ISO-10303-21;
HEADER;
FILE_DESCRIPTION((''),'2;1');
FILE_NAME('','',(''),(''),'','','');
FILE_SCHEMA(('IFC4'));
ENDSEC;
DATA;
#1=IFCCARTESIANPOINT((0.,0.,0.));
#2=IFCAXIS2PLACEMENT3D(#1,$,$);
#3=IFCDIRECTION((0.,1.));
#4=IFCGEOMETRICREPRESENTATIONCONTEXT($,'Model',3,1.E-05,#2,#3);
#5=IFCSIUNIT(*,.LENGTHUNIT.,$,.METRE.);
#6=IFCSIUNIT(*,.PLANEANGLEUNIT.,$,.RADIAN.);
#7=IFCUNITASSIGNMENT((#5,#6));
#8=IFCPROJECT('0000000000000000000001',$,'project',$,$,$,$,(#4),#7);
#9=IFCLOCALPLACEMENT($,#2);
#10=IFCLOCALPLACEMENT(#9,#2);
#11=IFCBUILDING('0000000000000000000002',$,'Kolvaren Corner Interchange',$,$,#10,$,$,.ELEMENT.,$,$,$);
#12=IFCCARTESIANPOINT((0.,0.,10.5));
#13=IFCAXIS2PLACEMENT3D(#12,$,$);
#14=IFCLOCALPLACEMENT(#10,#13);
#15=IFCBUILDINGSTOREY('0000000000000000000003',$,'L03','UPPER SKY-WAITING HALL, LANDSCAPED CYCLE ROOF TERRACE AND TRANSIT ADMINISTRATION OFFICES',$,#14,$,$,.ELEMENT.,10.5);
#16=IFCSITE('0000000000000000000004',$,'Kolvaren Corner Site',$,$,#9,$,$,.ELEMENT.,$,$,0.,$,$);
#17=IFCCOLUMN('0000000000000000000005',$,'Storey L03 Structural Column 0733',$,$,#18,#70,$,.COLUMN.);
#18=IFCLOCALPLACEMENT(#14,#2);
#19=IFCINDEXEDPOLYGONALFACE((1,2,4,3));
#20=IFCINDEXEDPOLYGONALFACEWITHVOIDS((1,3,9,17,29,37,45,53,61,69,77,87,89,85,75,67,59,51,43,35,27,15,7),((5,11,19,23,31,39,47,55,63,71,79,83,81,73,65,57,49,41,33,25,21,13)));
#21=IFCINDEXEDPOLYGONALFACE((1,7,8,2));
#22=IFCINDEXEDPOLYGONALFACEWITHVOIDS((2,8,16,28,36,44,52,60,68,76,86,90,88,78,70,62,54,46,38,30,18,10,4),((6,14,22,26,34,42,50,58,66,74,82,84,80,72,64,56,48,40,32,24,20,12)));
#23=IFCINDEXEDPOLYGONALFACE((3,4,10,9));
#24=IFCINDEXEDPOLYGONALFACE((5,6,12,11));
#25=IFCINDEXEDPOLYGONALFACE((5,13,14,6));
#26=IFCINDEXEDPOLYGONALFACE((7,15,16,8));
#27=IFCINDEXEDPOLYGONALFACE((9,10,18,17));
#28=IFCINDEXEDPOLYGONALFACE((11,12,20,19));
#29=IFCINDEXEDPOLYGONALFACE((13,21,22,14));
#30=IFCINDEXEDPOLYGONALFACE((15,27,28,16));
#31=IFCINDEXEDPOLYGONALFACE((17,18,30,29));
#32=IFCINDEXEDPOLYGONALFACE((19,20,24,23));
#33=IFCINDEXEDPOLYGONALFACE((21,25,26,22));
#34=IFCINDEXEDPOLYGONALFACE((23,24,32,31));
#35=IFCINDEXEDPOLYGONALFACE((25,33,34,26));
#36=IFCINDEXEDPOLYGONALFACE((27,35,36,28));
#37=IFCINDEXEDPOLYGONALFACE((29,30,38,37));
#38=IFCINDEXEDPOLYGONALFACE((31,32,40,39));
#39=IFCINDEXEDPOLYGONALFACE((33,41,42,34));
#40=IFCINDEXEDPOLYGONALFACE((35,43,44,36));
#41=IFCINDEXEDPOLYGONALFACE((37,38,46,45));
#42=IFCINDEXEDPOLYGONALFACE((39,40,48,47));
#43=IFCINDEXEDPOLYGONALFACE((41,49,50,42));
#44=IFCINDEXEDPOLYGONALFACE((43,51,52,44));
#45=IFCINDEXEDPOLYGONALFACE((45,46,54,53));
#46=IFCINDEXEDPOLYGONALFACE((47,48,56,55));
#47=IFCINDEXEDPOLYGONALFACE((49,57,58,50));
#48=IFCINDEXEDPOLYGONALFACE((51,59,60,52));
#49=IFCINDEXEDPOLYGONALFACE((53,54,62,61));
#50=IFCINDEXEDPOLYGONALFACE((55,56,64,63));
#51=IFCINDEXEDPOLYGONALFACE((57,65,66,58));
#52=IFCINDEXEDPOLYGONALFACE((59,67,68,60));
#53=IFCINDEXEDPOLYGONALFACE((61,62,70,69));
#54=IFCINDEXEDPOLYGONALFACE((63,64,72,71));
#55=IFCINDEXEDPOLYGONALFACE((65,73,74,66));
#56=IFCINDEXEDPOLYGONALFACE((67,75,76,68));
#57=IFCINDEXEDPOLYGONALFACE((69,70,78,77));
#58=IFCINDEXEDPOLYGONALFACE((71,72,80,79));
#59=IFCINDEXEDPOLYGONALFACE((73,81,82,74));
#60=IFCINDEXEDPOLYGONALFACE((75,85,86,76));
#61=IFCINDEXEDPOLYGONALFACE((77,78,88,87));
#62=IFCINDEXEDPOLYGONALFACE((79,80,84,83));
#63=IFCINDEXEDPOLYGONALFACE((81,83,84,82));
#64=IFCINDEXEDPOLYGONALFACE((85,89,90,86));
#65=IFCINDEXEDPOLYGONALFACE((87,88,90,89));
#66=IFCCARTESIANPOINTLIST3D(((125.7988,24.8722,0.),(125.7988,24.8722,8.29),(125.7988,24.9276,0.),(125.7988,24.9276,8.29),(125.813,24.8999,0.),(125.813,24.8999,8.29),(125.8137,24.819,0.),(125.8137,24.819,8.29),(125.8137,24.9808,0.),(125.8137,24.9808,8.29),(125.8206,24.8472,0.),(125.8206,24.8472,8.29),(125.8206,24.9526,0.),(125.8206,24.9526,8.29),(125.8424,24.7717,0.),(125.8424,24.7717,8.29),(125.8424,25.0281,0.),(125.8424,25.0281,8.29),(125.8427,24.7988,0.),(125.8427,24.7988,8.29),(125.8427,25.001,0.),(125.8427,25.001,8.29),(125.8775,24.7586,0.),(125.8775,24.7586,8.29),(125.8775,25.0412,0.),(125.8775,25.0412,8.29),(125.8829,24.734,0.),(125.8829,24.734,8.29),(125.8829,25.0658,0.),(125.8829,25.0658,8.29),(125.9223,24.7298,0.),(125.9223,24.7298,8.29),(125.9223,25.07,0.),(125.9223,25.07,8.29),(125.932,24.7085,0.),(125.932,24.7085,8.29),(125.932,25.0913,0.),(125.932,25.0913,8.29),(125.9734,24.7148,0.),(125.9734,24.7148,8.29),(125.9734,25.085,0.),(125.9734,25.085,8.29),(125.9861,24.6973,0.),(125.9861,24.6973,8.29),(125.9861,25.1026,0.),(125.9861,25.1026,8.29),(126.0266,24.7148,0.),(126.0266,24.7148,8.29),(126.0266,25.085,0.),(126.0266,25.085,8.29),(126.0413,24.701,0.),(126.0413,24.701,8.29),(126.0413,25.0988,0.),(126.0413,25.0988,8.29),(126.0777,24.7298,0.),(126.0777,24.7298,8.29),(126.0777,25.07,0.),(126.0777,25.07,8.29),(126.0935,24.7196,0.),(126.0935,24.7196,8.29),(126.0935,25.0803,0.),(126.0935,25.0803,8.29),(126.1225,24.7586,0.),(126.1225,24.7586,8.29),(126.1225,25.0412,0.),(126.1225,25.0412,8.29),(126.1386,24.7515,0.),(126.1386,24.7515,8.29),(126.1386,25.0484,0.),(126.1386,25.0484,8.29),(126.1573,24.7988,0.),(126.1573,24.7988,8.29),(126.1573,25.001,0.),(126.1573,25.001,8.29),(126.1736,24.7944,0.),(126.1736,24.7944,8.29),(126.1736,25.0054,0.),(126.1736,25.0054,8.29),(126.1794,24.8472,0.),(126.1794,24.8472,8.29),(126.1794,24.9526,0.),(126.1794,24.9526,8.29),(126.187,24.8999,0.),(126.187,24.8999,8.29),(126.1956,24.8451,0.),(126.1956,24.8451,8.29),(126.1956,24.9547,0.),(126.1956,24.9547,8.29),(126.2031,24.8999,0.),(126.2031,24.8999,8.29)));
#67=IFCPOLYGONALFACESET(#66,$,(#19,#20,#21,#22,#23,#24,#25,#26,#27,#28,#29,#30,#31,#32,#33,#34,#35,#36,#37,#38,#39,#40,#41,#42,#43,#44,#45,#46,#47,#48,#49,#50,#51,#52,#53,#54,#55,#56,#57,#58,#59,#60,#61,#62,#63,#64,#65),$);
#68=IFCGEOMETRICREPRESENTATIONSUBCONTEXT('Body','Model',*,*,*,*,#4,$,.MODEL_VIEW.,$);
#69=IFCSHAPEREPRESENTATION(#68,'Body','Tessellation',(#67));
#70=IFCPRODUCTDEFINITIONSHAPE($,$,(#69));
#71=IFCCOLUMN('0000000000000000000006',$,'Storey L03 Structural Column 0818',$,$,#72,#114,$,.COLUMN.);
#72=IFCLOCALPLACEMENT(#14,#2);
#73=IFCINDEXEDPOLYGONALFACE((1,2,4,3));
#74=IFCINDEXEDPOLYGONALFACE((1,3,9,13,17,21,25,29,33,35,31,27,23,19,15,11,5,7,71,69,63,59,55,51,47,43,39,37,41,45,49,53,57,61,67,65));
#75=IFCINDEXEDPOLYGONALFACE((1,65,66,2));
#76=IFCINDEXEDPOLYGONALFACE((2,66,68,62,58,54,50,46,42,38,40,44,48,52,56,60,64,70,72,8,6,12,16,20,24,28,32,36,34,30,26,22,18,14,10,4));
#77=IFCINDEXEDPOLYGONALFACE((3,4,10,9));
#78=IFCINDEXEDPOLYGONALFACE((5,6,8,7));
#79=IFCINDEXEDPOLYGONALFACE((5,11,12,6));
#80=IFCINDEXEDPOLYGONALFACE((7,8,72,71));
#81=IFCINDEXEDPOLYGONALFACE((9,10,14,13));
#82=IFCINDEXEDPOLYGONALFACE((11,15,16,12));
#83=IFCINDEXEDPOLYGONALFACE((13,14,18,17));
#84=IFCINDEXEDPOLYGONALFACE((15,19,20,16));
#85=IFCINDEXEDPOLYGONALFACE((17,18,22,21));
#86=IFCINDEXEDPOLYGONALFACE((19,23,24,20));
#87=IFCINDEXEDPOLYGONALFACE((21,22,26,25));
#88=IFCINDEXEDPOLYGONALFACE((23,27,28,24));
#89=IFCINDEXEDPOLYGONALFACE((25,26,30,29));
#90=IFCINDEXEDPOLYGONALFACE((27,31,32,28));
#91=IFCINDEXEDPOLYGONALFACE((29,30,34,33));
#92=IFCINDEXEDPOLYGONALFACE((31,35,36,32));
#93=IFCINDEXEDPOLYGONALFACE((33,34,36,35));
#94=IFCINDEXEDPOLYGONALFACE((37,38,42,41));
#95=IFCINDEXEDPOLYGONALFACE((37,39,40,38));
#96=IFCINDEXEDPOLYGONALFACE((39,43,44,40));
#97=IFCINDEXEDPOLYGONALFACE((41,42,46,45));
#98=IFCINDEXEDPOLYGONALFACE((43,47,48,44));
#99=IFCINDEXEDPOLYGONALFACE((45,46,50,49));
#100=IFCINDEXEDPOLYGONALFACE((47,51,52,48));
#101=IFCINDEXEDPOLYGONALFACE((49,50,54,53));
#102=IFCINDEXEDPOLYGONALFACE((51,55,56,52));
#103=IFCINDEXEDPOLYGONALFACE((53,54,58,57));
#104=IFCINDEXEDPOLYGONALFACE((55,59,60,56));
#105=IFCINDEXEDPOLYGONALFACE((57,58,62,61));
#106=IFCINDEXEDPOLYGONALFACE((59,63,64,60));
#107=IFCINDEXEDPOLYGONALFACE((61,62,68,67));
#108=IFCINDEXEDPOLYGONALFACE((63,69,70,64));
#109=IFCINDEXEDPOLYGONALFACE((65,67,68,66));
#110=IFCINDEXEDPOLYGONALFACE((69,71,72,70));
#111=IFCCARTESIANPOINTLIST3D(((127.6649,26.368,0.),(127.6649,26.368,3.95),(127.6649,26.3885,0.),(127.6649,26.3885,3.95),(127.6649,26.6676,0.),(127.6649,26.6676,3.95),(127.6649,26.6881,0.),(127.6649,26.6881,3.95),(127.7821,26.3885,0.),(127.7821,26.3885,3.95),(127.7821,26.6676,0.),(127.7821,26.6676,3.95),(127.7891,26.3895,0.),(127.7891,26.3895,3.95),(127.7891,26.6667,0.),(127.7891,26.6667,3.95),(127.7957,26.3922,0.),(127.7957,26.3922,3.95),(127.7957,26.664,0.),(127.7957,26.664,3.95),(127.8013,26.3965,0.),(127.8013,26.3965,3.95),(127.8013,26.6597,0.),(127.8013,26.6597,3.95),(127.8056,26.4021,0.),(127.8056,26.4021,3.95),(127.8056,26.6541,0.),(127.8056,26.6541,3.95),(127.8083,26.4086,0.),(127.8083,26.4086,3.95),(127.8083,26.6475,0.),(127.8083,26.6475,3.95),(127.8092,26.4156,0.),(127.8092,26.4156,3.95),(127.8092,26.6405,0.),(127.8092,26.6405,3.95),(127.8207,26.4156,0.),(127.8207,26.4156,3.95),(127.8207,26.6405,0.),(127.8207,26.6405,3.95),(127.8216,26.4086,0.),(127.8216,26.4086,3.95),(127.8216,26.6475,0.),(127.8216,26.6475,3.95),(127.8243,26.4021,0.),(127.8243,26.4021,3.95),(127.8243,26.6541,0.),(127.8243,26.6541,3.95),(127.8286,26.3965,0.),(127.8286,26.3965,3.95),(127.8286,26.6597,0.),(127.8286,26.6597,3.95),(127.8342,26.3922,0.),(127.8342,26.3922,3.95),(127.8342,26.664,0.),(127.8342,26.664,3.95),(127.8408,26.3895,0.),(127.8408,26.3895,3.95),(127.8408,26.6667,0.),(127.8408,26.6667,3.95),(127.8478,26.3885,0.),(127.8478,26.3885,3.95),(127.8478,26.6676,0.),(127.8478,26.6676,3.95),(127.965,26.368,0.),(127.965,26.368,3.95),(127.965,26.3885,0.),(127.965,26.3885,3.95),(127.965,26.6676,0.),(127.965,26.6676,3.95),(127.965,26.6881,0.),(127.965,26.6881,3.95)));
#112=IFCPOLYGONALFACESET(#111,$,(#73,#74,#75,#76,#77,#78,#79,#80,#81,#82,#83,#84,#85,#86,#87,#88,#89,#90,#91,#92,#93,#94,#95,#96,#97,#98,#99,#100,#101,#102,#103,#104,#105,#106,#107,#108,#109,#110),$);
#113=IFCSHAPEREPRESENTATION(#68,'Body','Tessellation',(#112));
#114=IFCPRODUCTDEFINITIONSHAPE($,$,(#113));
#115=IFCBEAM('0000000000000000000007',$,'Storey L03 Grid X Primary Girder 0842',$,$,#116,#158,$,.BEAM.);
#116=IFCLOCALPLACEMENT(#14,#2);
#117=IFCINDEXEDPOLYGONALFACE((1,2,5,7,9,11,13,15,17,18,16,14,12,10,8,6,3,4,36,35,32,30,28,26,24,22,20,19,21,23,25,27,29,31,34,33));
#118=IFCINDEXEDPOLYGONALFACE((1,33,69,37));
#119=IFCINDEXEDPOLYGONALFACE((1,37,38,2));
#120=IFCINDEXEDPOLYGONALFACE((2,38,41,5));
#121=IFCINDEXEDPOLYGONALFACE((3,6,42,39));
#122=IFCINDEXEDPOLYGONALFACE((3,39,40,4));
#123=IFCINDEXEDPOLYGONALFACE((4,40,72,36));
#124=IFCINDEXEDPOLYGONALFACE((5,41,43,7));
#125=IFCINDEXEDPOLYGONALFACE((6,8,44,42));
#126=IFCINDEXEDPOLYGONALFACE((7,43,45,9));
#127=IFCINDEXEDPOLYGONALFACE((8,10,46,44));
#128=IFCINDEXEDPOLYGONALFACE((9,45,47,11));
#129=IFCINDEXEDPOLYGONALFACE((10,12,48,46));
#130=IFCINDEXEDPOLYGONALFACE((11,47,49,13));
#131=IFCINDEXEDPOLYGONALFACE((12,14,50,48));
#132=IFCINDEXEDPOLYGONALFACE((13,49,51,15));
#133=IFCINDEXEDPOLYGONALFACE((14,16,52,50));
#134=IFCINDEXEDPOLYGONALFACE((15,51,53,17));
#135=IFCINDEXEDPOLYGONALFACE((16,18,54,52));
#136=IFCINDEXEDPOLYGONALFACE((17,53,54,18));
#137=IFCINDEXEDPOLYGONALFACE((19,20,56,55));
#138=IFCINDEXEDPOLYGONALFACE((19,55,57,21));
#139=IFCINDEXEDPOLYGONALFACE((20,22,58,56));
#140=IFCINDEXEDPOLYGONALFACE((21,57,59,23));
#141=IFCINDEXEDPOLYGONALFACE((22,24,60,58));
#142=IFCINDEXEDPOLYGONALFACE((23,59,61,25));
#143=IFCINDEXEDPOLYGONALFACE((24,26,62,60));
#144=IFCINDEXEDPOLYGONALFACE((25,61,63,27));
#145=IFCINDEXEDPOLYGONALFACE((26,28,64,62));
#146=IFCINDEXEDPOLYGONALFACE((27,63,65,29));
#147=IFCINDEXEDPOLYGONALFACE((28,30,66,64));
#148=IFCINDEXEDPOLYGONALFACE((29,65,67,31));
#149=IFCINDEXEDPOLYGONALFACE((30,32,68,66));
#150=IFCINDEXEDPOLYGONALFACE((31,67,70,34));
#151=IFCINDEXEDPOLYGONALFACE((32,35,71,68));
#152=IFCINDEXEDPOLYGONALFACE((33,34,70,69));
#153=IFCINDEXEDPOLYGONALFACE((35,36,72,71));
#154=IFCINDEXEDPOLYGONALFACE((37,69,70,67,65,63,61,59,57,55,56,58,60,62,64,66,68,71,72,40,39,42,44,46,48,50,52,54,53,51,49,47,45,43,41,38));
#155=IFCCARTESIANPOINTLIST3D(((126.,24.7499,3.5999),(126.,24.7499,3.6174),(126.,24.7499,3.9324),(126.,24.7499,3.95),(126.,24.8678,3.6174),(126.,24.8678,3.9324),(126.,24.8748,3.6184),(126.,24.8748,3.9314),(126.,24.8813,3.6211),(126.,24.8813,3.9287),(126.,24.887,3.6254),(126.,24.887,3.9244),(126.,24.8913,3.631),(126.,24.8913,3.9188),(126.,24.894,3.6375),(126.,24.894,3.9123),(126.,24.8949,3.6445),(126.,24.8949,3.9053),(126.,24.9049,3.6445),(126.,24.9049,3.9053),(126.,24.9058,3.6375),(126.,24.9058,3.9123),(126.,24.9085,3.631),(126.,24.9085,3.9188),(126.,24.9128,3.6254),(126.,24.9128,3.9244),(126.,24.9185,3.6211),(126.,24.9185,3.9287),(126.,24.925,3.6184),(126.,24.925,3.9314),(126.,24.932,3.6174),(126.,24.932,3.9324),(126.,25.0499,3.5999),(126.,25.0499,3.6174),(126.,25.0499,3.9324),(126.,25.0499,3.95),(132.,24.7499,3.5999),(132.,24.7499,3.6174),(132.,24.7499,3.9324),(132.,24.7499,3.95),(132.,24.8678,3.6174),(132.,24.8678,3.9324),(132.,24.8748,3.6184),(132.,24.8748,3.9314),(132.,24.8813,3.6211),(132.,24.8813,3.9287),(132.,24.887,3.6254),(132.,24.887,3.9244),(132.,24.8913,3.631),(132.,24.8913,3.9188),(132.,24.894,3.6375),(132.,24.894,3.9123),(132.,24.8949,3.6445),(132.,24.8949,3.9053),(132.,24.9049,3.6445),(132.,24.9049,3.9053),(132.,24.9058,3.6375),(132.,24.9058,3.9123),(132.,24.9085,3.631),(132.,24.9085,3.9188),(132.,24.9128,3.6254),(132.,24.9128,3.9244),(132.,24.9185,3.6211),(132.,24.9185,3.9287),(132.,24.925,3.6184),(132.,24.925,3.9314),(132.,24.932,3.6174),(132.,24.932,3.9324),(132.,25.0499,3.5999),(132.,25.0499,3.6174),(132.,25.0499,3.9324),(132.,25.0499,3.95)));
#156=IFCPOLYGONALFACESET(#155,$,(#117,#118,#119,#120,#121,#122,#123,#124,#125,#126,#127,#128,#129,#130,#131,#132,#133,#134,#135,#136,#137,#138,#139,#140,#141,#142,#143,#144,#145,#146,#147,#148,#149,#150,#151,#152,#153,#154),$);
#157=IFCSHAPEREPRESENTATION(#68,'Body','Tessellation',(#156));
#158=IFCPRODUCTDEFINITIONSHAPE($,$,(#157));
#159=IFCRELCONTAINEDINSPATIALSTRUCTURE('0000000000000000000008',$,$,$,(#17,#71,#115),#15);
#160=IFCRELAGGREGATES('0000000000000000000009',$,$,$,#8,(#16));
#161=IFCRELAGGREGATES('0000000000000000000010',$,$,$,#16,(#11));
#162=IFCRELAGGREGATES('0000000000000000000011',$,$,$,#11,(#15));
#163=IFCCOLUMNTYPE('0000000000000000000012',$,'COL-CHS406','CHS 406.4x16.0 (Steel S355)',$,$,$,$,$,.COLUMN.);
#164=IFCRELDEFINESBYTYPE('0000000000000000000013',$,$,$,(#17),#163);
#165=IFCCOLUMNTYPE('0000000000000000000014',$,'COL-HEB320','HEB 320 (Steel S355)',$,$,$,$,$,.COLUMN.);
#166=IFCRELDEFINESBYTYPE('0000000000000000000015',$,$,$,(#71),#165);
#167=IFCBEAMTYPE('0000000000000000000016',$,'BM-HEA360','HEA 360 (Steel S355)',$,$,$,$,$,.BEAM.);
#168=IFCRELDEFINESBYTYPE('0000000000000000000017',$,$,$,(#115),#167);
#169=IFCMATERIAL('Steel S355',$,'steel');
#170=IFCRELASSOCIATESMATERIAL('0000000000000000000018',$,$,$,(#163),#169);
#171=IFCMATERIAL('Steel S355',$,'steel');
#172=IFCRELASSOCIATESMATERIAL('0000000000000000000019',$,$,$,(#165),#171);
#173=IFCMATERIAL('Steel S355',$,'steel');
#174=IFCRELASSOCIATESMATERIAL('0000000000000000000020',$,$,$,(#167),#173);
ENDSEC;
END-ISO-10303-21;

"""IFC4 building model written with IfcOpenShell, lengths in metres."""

from ifc_helpers import new_model, si_unit, direction, frame, origin, origin_2d, place, context, subcontext, project, spatial, hollow_circle, i_section, extrude, material, material_profile, profile_set, type_object, element, save


model = new_model("IFC4")

# Units and contexts
model_context = context("Model", 3, precision=1e-05, world=origin(), true_north=direction((0.0, 1.0)))
body_context = subcontext(model_context, "Body", "Model", "MODEL_VIEW")
ifc_project = project(units=[si_unit("LENGTHUNIT", "METRE"), si_unit("PLANEANGLEUNIT", "RADIAN")], contexts=[model_context])

# Site, building, storey
site_placement = place(None, origin())
site = spatial("IfcSite", under=ifc_project, at=site_placement, Name="Kolvaren Corner Site", CompositionType="ELEMENT", RefElevation=0.0)
building_placement = place(site_placement, origin())
building = spatial("IfcBuilding", under=site, at=building_placement, Name="Kolvaren Corner Interchange", CompositionType="ELEMENT")
storey_placement = place(building_placement, frame((0.0, 0.0, 10.5)))
storey = spatial("IfcBuildingStorey", under=building, at=storey_placement, Name="L03", Description="UPPER SKY-WAITING HALL, LANDSCAPED CYCLE ROOF TERRACE AND TRANSIT ADMINISTRATION OFFICES", CompositionType="ELEMENT", Elevation=10.5)

# Columns
ifc_material_1 = material(Name="Steel S355", Category="steel")
ifc_material_profile_1 = material_profile(ifc_material_1, hollow_circle(Radius=0.2031, WallThickness=0.0161, at=origin_2d()), Name="CHS 406.4x16.0")
ifc_profile_set_1 = profile_set([ifc_material_profile_1], Name="Steel S355")
column_type_1 = type_object("IfcColumnType", Name="COL-CHS406", Description="CHS 406.4x16.0 (Steel S355)", PredefinedType="COLUMN", material=ifc_profile_set_1)
column_1_placement = place(storey_placement, frame((126.0, 24.8999, 0.0), z_axis=(0.0, 0.0, 1.0), x_axis=(1.0, 0.0, 0.0)))
element("IfcColumn", 1, at=column_1_placement, inside=storey, type_object=column_type_1, Name="Storey L03 Structural Column 0733", PredefinedType="COLUMN", context=body_context, shape_type="SweptSolid", body=[
    extrude(hollow_circle(Radius=0.2031, WallThickness=0.0161, at=origin_2d()), origin(), (0.0, 0.0, 1.0), 8.29),
])
ifc_material_2 = material(Name="Steel S355", Category="steel")
ifc_material_profile_2 = material_profile(ifc_material_2, i_section(OverallWidth=0.3, OverallDepth=0.3201, WebThickness=0.0115, FlangeThickness=0.0205, FilletRadius=0.0271, at=origin_2d()), Name="HEB 320")
ifc_profile_set_2 = profile_set([ifc_material_profile_2], Name="Steel S355")
column_type_2 = type_object("IfcColumnType", Name="COL-HEB320", Description="HEB 320 (Steel S355)", PredefinedType="COLUMN", material=ifc_profile_set_2)
column_2_placement = place(storey_placement, frame((127.8149, 26.5281, 0.0), z_axis=(0.0, 0.0, 1.0), x_axis=(1.0, 0.0, 0.0)))
element("IfcColumn", 2, at=column_2_placement, inside=storey, type_object=column_type_2, Name="Storey L03 Structural Column 0818", PredefinedType="COLUMN", context=body_context, shape_type="SweptSolid", body=[
    extrude(i_section(OverallWidth=0.3, OverallDepth=0.3201, WebThickness=0.0115, FlangeThickness=0.0205, FilletRadius=0.0271, at=origin_2d()), origin(), (0.0, 0.0, 1.0), 3.95),
])

# Beam
ifc_material_3 = material(Name="Steel S355", Category="steel")
ifc_material_profile_3 = material_profile(ifc_material_3, i_section(OverallWidth=0.3, OverallDepth=0.3501, WebThickness=0.01, FlangeThickness=0.0176, FilletRadius=0.0271, at=origin_2d()), Name="HEA 360")
ifc_profile_set_3 = profile_set([ifc_material_profile_3], Name="Steel S355")
beam_type_1 = type_object("IfcBeamType", Name="BM-HEA360", Description="HEA 360 (Steel S355)", PredefinedType="BEAM", material=ifc_profile_set_3)
beam_1_placement = place(storey_placement, frame((126.0, 24.8999, 3.7749), z_axis=(1.0, 0.0, 0.0), x_axis=(0.0, 1.0, 0.0)))
element("IfcBeam", 3, at=beam_1_placement, inside=storey, type_object=beam_type_1, Name="Storey L03 Grid X Primary Girder 0842", PredefinedType="BEAM", context=body_context, shape_type="SweptSolid", body=[
    extrude(i_section(OverallWidth=0.3, OverallDepth=0.3501, WebThickness=0.01, FlangeThickness=0.0176, FilletRadius=0.0271, at=origin_2d()), origin(), (0.0, 0.0, 1.0), 6.0),
])

save(model, "model.ifc")
